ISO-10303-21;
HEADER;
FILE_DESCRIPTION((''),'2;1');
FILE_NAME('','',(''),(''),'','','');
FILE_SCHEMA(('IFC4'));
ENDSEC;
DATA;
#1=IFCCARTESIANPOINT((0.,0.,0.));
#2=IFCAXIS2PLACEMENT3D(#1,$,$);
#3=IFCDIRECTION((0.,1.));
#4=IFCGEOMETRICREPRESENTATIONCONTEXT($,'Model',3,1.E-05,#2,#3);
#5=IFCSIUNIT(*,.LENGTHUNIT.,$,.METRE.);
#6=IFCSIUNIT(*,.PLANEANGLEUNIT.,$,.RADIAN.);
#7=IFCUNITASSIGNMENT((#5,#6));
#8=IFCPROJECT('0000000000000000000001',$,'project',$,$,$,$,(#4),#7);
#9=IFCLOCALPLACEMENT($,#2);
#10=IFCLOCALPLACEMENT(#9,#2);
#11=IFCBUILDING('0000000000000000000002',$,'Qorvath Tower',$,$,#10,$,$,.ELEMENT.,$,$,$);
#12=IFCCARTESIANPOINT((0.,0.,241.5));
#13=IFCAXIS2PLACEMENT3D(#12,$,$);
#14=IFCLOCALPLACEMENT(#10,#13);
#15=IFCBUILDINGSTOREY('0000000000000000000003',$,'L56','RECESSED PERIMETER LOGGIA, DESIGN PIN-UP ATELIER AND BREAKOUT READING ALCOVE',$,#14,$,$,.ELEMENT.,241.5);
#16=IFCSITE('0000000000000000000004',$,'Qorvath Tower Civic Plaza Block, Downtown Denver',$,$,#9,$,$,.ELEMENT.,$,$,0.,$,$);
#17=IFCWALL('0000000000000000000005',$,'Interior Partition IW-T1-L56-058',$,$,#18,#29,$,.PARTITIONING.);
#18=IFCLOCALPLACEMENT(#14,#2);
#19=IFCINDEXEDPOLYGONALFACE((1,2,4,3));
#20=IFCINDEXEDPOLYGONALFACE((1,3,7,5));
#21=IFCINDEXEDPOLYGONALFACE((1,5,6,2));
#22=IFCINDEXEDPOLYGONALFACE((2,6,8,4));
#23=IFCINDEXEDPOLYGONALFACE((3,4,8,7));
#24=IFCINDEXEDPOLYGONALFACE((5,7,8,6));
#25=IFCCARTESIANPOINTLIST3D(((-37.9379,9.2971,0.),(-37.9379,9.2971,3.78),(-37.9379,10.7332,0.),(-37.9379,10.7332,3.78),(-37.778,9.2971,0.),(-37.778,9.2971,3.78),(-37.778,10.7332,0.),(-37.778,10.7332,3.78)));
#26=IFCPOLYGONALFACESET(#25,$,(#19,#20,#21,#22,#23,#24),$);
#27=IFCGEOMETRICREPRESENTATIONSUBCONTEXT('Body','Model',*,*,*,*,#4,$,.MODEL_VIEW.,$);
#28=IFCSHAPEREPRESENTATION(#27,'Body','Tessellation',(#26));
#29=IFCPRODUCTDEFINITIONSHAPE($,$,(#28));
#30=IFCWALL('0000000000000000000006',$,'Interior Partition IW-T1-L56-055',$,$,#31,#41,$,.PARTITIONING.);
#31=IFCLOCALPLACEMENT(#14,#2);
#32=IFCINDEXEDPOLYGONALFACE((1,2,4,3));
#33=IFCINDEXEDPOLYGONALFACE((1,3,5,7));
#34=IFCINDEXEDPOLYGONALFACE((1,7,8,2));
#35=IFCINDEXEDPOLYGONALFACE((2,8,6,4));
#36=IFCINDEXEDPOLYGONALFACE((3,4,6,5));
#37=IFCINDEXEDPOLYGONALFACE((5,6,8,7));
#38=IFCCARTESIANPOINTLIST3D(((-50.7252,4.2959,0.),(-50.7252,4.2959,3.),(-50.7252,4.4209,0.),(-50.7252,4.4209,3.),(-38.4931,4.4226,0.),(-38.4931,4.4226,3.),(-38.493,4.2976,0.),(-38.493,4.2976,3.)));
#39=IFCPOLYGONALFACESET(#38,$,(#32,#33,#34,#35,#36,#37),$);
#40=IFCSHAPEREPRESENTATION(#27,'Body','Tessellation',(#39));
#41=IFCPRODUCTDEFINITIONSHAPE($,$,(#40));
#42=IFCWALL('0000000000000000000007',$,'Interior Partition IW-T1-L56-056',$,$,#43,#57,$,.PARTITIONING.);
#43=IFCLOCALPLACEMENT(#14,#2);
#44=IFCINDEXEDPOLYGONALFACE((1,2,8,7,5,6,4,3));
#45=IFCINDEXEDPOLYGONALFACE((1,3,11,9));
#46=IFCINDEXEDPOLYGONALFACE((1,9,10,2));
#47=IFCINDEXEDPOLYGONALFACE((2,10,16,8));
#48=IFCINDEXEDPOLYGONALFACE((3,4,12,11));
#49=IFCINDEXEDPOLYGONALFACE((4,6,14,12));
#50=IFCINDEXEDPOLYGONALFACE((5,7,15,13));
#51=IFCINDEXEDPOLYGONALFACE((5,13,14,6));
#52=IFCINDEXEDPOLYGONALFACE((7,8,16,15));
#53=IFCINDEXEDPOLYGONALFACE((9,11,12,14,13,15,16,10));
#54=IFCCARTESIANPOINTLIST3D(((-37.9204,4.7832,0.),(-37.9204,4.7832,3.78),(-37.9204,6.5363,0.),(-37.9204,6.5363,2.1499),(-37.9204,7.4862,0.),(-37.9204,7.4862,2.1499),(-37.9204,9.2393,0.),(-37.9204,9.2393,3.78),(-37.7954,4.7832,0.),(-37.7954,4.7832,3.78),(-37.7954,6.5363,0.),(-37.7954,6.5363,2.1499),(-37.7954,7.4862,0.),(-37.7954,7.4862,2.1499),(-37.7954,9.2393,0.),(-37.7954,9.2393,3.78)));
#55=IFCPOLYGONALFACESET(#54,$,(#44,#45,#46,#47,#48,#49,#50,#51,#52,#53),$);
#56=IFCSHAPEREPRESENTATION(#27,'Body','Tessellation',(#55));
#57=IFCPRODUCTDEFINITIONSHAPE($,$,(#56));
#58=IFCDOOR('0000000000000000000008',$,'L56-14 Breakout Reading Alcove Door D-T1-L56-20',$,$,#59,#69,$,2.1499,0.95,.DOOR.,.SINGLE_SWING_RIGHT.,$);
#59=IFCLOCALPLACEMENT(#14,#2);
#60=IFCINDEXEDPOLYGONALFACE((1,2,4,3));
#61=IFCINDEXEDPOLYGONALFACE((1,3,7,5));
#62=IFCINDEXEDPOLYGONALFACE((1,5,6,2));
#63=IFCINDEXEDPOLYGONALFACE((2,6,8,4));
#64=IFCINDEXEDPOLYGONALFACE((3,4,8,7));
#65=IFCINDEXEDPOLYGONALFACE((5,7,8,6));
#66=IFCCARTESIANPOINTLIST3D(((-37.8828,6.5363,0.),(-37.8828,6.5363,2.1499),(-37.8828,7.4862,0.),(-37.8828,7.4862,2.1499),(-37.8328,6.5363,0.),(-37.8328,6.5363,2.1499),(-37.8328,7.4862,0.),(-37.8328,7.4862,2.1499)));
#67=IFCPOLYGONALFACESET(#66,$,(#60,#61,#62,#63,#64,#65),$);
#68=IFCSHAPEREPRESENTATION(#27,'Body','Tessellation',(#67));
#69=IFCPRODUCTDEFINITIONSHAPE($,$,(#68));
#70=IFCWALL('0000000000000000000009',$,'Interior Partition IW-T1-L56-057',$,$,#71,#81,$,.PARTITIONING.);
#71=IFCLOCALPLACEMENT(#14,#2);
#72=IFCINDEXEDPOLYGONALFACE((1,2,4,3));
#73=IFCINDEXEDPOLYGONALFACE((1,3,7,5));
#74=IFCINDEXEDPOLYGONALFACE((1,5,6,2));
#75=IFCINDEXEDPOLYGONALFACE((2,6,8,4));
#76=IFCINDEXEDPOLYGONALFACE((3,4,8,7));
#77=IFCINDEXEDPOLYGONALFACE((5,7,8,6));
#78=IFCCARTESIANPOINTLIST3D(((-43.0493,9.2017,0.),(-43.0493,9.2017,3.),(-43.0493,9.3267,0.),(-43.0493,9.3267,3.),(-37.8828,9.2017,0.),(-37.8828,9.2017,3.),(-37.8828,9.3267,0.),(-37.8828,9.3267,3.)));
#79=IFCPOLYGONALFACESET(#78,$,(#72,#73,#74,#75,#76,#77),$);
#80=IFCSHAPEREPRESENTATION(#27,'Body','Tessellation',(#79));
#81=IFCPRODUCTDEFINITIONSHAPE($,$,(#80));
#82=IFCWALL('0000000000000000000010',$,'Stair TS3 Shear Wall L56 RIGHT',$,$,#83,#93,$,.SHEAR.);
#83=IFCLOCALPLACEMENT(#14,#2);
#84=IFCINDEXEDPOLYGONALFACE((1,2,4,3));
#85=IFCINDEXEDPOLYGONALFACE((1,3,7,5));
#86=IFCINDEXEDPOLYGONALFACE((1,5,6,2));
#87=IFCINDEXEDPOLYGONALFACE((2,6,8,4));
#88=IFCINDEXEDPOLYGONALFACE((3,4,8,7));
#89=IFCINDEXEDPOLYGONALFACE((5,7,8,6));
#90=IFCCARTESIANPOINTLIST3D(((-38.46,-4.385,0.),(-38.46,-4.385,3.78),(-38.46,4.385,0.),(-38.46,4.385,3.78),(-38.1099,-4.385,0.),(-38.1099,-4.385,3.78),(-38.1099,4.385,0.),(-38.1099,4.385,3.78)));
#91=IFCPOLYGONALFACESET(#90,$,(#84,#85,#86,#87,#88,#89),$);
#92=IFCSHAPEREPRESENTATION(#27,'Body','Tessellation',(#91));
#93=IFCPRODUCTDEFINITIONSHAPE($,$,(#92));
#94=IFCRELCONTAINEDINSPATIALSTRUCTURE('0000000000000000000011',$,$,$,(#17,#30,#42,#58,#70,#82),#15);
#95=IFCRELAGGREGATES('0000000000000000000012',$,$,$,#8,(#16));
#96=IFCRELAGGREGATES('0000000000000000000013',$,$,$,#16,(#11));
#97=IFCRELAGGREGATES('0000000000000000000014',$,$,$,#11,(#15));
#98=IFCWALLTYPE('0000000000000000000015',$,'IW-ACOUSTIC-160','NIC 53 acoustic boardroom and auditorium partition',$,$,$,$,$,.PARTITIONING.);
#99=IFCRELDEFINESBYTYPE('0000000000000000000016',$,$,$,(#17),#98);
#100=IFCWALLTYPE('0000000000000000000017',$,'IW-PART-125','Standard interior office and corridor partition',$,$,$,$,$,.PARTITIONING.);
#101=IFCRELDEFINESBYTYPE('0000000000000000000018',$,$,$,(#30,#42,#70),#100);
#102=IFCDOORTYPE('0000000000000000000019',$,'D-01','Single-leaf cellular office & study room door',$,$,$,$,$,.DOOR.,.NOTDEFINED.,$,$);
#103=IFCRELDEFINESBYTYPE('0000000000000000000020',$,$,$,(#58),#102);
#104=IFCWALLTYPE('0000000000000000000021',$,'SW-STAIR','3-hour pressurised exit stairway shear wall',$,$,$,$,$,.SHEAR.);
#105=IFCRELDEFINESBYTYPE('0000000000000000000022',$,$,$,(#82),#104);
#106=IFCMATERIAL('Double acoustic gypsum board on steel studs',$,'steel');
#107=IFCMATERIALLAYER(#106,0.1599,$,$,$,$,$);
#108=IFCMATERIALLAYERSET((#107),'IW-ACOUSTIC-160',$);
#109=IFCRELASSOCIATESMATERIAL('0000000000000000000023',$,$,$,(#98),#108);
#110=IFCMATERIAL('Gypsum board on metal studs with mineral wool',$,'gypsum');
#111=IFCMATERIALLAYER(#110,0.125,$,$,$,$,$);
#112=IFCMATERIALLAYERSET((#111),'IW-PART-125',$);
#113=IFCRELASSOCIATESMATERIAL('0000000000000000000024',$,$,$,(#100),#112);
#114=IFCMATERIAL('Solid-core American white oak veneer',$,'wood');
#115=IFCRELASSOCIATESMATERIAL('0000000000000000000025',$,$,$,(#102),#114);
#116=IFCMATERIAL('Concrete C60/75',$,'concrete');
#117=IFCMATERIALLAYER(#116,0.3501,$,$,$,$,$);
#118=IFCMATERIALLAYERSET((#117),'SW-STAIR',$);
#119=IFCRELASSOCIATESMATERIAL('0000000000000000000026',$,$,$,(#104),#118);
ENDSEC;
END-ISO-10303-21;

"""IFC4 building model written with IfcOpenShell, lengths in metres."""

from ifc_helpers import new_model, si_unit, direction, frame, frame_2d, origin, place, context, subcontext, project, spatial, rectangle, extrude, material, layer, layer_set, type_object, element, fill, save


model = new_model("IFC4")

# Units and contexts
model_context = context("Model", 3, precision=1e-05, world=origin(), true_north=direction((0.0, 1.0)))
body_context = subcontext(model_context, "Body", "Model", "MODEL_VIEW")
ifc_project = project(units=[si_unit("LENGTHUNIT", "METRE"), si_unit("PLANEANGLEUNIT", "RADIAN")], contexts=[model_context])

# Site, building, storey
site_placement = place(None, origin())
site = spatial("IfcSite", under=ifc_project, at=site_placement, Name="Qorvath Tower Civic Plaza Block, Downtown Denver", CompositionType="ELEMENT", RefElevation=0.0)
building_placement = place(site_placement, origin())
building = spatial("IfcBuilding", under=site, at=building_placement, Name="Qorvath Tower", CompositionType="ELEMENT")
storey_placement = place(building_placement, frame((0.0, 0.0, 241.5)))
storey = spatial("IfcBuildingStorey", under=building, at=storey_placement, Name="L56", Description="RECESSED PERIMETER LOGGIA, DESIGN PIN-UP ATELIER AND BREAKOUT READING ALCOVE", CompositionType="ELEMENT", Elevation=241.5)

# Wall
ifc_material_1 = material(Name="Double acoustic gypsum board on steel studs", Category="steel")
ifc_layer_1 = layer(ifc_material_1, 0.1599)
ifc_layer_set_1 = layer_set([ifc_layer_1], Name="IW-ACOUSTIC-160")
wall_type_1 = type_object("IfcWallType", Name="IW-ACOUSTIC-160", Description="NIC 53 acoustic boardroom and auditorium partition", PredefinedType="PARTITIONING", material=ifc_layer_set_1)
wall_1_placement = place(storey_placement, frame((-37.8579, 10.7332, 0.0), z_axis=(0.0, 0.0, 1.0), x_axis=(0.0, -1.0, 0.0)))
element("IfcWall", 1, at=wall_1_placement, inside=storey, type_object=wall_type_1, Name="Interior Partition IW-T1-L56-058", PredefinedType="PARTITIONING", context=body_context, shape_type="SweptSolid", body=[
    extrude(rectangle(XDim=1.436, YDim=0.1599, at=frame_2d((0.718, 0.0))), origin(), (0.0, 0.0, 1.0), 3.78),
])

# Wall
ifc_material_2 = material(Name="Gypsum board on metal studs with mineral wool", Category="gypsum")
ifc_layer_2 = layer(ifc_material_2, 0.125)
ifc_layer_set_2 = layer_set([ifc_layer_2], Name="IW-PART-125")
wall_type_2 = type_object("IfcWallType", Name="IW-PART-125", Description="Standard interior office and corridor partition", PredefinedType="PARTITIONING", material=ifc_layer_set_2)
wall_2_placement = place(storey_placement, frame((-38.4929, 4.3601, 0.0), z_axis=(0.0, 0.0, 1.0), x_axis=(-1.0, -0.00014, 0.0)))
element("IfcWall", 2, at=wall_2_placement, inside=storey, type_object=wall_type_2, Name="Interior Partition IW-T1-L56-055", PredefinedType="PARTITIONING", context=body_context, shape_type="SweptSolid", body=[
    extrude(rectangle(XDim=12.2322, YDim=0.125, at=frame_2d((6.1162, 0.0))), origin(), (0.0, 0.0, 1.0), 3.0),
])

# Wall, opening, door
wall_3_placement = place(storey_placement, frame((-37.8579, 4.7832, 0.0), z_axis=(0.0, 0.0, 1.0), x_axis=(0.0, 1.0, 0.0)))
wall_3 = element("IfcWall", 3, at=wall_3_placement, inside=storey, type_object=wall_type_2, Name="Interior Partition IW-T1-L56-056", PredefinedType="PARTITIONING", context=body_context, shape_type="SweptSolid", body=[
    extrude(rectangle(XDim=4.4561, YDim=0.125, at=frame_2d((2.228, 0.0))), origin(), (0.0, 0.0, 1.0), 3.78),
])
opening_1_placement = place(wall_3_placement, frame((1.7529, 0.0, 0.0)))
opening_1 = element("IfcOpeningElement", 4, at=opening_1_placement, cuts=wall_3, PredefinedType="OPENING", context=body_context, shape_type="SweptSolid", body=[
    extrude(rectangle(XDim=0.95, YDim=2.1499, at=frame_2d((0.4751, 1.075))), frame((0.0, 0.0725, 0.0), z_axis=(0.0, -1.0, 0.0), x_axis=(1.0, 0.0, 0.0)), (0.0, 0.0, 1.0), 0.145),
])
ifc_material_3 = material(Name="Solid-core American white oak veneer", Category="wood")
door_type_1 = type_object("IfcDoorType", Name="D-01", Description="Single-leaf cellular office & study room door", OperationType="NOTDEFINED", PredefinedType="DOOR", material=ifc_material_3)
door_1_placement = place(opening_1_placement, origin())
door_1 = element("IfcDoor", 5, at=door_1_placement, inside=storey, type_object=door_type_1, Name="L56-14 Breakout Reading Alcove Door D-T1-L56-20", OperationType="SINGLE_SWING_RIGHT", OverallHeight=2.1499, OverallWidth=0.95, PredefinedType="DOOR", context=body_context, shape_type="SweptSolid", body=[
    extrude(rectangle(XDim=0.95, YDim=2.1499, at=frame_2d((0.4751, 1.075))), frame((0.0, 0.0249, 0.0), z_axis=(0.0, -1.0, 0.0), x_axis=(1.0, 0.0, 0.0)), (0.0, 0.0, 1.0), 0.05),
])
fill(opening_1, door_1)

# Walls
wall_4_placement = place(storey_placement, frame((-37.8828, 9.2642, 0.0), z_axis=(0.0, 0.0, 1.0), x_axis=(-1.0, 0.0, 0.0)))
element("IfcWall", 6, at=wall_4_placement, inside=storey, type_object=wall_type_2, Name="Interior Partition IW-T1-L56-057", PredefinedType="PARTITIONING", context=body_context, shape_type="SweptSolid", body=[
    extrude(rectangle(XDim=5.1665, YDim=0.125, at=frame_2d((2.5833, 0.0))), origin(), (0.0, 0.0, 1.0), 3.0),
])
ifc_material_4 = material(Name="Concrete C60/75", Category="concrete")
ifc_layer_3 = layer(ifc_material_4, 0.3501)
ifc_layer_set_3 = layer_set([ifc_layer_3], Name="SW-STAIR")
wall_type_3 = type_object("IfcWallType", Name="SW-STAIR", Description="3-hour pressurised exit stairway shear wall", PredefinedType="SHEAR", material=ifc_layer_set_3)
wall_5_placement = place(storey_placement, frame((-38.2849, 4.385, 0.0), z_axis=(0.0, 0.0, 1.0), x_axis=(0.0, -1.0, 0.0)))
element("IfcWall", 7, at=wall_5_placement, inside=storey, type_object=wall_type_3, Name="Stair TS3 Shear Wall L56 RIGHT", PredefinedType="SHEAR", context=body_context, shape_type="SweptSolid", body=[
    extrude(rectangle(XDim=8.77, YDim=0.3501, at=frame_2d((4.385, 0.0))), origin(), (0.0, 0.0, 1.0), 3.78),
])

save(model, "model.ifc")
